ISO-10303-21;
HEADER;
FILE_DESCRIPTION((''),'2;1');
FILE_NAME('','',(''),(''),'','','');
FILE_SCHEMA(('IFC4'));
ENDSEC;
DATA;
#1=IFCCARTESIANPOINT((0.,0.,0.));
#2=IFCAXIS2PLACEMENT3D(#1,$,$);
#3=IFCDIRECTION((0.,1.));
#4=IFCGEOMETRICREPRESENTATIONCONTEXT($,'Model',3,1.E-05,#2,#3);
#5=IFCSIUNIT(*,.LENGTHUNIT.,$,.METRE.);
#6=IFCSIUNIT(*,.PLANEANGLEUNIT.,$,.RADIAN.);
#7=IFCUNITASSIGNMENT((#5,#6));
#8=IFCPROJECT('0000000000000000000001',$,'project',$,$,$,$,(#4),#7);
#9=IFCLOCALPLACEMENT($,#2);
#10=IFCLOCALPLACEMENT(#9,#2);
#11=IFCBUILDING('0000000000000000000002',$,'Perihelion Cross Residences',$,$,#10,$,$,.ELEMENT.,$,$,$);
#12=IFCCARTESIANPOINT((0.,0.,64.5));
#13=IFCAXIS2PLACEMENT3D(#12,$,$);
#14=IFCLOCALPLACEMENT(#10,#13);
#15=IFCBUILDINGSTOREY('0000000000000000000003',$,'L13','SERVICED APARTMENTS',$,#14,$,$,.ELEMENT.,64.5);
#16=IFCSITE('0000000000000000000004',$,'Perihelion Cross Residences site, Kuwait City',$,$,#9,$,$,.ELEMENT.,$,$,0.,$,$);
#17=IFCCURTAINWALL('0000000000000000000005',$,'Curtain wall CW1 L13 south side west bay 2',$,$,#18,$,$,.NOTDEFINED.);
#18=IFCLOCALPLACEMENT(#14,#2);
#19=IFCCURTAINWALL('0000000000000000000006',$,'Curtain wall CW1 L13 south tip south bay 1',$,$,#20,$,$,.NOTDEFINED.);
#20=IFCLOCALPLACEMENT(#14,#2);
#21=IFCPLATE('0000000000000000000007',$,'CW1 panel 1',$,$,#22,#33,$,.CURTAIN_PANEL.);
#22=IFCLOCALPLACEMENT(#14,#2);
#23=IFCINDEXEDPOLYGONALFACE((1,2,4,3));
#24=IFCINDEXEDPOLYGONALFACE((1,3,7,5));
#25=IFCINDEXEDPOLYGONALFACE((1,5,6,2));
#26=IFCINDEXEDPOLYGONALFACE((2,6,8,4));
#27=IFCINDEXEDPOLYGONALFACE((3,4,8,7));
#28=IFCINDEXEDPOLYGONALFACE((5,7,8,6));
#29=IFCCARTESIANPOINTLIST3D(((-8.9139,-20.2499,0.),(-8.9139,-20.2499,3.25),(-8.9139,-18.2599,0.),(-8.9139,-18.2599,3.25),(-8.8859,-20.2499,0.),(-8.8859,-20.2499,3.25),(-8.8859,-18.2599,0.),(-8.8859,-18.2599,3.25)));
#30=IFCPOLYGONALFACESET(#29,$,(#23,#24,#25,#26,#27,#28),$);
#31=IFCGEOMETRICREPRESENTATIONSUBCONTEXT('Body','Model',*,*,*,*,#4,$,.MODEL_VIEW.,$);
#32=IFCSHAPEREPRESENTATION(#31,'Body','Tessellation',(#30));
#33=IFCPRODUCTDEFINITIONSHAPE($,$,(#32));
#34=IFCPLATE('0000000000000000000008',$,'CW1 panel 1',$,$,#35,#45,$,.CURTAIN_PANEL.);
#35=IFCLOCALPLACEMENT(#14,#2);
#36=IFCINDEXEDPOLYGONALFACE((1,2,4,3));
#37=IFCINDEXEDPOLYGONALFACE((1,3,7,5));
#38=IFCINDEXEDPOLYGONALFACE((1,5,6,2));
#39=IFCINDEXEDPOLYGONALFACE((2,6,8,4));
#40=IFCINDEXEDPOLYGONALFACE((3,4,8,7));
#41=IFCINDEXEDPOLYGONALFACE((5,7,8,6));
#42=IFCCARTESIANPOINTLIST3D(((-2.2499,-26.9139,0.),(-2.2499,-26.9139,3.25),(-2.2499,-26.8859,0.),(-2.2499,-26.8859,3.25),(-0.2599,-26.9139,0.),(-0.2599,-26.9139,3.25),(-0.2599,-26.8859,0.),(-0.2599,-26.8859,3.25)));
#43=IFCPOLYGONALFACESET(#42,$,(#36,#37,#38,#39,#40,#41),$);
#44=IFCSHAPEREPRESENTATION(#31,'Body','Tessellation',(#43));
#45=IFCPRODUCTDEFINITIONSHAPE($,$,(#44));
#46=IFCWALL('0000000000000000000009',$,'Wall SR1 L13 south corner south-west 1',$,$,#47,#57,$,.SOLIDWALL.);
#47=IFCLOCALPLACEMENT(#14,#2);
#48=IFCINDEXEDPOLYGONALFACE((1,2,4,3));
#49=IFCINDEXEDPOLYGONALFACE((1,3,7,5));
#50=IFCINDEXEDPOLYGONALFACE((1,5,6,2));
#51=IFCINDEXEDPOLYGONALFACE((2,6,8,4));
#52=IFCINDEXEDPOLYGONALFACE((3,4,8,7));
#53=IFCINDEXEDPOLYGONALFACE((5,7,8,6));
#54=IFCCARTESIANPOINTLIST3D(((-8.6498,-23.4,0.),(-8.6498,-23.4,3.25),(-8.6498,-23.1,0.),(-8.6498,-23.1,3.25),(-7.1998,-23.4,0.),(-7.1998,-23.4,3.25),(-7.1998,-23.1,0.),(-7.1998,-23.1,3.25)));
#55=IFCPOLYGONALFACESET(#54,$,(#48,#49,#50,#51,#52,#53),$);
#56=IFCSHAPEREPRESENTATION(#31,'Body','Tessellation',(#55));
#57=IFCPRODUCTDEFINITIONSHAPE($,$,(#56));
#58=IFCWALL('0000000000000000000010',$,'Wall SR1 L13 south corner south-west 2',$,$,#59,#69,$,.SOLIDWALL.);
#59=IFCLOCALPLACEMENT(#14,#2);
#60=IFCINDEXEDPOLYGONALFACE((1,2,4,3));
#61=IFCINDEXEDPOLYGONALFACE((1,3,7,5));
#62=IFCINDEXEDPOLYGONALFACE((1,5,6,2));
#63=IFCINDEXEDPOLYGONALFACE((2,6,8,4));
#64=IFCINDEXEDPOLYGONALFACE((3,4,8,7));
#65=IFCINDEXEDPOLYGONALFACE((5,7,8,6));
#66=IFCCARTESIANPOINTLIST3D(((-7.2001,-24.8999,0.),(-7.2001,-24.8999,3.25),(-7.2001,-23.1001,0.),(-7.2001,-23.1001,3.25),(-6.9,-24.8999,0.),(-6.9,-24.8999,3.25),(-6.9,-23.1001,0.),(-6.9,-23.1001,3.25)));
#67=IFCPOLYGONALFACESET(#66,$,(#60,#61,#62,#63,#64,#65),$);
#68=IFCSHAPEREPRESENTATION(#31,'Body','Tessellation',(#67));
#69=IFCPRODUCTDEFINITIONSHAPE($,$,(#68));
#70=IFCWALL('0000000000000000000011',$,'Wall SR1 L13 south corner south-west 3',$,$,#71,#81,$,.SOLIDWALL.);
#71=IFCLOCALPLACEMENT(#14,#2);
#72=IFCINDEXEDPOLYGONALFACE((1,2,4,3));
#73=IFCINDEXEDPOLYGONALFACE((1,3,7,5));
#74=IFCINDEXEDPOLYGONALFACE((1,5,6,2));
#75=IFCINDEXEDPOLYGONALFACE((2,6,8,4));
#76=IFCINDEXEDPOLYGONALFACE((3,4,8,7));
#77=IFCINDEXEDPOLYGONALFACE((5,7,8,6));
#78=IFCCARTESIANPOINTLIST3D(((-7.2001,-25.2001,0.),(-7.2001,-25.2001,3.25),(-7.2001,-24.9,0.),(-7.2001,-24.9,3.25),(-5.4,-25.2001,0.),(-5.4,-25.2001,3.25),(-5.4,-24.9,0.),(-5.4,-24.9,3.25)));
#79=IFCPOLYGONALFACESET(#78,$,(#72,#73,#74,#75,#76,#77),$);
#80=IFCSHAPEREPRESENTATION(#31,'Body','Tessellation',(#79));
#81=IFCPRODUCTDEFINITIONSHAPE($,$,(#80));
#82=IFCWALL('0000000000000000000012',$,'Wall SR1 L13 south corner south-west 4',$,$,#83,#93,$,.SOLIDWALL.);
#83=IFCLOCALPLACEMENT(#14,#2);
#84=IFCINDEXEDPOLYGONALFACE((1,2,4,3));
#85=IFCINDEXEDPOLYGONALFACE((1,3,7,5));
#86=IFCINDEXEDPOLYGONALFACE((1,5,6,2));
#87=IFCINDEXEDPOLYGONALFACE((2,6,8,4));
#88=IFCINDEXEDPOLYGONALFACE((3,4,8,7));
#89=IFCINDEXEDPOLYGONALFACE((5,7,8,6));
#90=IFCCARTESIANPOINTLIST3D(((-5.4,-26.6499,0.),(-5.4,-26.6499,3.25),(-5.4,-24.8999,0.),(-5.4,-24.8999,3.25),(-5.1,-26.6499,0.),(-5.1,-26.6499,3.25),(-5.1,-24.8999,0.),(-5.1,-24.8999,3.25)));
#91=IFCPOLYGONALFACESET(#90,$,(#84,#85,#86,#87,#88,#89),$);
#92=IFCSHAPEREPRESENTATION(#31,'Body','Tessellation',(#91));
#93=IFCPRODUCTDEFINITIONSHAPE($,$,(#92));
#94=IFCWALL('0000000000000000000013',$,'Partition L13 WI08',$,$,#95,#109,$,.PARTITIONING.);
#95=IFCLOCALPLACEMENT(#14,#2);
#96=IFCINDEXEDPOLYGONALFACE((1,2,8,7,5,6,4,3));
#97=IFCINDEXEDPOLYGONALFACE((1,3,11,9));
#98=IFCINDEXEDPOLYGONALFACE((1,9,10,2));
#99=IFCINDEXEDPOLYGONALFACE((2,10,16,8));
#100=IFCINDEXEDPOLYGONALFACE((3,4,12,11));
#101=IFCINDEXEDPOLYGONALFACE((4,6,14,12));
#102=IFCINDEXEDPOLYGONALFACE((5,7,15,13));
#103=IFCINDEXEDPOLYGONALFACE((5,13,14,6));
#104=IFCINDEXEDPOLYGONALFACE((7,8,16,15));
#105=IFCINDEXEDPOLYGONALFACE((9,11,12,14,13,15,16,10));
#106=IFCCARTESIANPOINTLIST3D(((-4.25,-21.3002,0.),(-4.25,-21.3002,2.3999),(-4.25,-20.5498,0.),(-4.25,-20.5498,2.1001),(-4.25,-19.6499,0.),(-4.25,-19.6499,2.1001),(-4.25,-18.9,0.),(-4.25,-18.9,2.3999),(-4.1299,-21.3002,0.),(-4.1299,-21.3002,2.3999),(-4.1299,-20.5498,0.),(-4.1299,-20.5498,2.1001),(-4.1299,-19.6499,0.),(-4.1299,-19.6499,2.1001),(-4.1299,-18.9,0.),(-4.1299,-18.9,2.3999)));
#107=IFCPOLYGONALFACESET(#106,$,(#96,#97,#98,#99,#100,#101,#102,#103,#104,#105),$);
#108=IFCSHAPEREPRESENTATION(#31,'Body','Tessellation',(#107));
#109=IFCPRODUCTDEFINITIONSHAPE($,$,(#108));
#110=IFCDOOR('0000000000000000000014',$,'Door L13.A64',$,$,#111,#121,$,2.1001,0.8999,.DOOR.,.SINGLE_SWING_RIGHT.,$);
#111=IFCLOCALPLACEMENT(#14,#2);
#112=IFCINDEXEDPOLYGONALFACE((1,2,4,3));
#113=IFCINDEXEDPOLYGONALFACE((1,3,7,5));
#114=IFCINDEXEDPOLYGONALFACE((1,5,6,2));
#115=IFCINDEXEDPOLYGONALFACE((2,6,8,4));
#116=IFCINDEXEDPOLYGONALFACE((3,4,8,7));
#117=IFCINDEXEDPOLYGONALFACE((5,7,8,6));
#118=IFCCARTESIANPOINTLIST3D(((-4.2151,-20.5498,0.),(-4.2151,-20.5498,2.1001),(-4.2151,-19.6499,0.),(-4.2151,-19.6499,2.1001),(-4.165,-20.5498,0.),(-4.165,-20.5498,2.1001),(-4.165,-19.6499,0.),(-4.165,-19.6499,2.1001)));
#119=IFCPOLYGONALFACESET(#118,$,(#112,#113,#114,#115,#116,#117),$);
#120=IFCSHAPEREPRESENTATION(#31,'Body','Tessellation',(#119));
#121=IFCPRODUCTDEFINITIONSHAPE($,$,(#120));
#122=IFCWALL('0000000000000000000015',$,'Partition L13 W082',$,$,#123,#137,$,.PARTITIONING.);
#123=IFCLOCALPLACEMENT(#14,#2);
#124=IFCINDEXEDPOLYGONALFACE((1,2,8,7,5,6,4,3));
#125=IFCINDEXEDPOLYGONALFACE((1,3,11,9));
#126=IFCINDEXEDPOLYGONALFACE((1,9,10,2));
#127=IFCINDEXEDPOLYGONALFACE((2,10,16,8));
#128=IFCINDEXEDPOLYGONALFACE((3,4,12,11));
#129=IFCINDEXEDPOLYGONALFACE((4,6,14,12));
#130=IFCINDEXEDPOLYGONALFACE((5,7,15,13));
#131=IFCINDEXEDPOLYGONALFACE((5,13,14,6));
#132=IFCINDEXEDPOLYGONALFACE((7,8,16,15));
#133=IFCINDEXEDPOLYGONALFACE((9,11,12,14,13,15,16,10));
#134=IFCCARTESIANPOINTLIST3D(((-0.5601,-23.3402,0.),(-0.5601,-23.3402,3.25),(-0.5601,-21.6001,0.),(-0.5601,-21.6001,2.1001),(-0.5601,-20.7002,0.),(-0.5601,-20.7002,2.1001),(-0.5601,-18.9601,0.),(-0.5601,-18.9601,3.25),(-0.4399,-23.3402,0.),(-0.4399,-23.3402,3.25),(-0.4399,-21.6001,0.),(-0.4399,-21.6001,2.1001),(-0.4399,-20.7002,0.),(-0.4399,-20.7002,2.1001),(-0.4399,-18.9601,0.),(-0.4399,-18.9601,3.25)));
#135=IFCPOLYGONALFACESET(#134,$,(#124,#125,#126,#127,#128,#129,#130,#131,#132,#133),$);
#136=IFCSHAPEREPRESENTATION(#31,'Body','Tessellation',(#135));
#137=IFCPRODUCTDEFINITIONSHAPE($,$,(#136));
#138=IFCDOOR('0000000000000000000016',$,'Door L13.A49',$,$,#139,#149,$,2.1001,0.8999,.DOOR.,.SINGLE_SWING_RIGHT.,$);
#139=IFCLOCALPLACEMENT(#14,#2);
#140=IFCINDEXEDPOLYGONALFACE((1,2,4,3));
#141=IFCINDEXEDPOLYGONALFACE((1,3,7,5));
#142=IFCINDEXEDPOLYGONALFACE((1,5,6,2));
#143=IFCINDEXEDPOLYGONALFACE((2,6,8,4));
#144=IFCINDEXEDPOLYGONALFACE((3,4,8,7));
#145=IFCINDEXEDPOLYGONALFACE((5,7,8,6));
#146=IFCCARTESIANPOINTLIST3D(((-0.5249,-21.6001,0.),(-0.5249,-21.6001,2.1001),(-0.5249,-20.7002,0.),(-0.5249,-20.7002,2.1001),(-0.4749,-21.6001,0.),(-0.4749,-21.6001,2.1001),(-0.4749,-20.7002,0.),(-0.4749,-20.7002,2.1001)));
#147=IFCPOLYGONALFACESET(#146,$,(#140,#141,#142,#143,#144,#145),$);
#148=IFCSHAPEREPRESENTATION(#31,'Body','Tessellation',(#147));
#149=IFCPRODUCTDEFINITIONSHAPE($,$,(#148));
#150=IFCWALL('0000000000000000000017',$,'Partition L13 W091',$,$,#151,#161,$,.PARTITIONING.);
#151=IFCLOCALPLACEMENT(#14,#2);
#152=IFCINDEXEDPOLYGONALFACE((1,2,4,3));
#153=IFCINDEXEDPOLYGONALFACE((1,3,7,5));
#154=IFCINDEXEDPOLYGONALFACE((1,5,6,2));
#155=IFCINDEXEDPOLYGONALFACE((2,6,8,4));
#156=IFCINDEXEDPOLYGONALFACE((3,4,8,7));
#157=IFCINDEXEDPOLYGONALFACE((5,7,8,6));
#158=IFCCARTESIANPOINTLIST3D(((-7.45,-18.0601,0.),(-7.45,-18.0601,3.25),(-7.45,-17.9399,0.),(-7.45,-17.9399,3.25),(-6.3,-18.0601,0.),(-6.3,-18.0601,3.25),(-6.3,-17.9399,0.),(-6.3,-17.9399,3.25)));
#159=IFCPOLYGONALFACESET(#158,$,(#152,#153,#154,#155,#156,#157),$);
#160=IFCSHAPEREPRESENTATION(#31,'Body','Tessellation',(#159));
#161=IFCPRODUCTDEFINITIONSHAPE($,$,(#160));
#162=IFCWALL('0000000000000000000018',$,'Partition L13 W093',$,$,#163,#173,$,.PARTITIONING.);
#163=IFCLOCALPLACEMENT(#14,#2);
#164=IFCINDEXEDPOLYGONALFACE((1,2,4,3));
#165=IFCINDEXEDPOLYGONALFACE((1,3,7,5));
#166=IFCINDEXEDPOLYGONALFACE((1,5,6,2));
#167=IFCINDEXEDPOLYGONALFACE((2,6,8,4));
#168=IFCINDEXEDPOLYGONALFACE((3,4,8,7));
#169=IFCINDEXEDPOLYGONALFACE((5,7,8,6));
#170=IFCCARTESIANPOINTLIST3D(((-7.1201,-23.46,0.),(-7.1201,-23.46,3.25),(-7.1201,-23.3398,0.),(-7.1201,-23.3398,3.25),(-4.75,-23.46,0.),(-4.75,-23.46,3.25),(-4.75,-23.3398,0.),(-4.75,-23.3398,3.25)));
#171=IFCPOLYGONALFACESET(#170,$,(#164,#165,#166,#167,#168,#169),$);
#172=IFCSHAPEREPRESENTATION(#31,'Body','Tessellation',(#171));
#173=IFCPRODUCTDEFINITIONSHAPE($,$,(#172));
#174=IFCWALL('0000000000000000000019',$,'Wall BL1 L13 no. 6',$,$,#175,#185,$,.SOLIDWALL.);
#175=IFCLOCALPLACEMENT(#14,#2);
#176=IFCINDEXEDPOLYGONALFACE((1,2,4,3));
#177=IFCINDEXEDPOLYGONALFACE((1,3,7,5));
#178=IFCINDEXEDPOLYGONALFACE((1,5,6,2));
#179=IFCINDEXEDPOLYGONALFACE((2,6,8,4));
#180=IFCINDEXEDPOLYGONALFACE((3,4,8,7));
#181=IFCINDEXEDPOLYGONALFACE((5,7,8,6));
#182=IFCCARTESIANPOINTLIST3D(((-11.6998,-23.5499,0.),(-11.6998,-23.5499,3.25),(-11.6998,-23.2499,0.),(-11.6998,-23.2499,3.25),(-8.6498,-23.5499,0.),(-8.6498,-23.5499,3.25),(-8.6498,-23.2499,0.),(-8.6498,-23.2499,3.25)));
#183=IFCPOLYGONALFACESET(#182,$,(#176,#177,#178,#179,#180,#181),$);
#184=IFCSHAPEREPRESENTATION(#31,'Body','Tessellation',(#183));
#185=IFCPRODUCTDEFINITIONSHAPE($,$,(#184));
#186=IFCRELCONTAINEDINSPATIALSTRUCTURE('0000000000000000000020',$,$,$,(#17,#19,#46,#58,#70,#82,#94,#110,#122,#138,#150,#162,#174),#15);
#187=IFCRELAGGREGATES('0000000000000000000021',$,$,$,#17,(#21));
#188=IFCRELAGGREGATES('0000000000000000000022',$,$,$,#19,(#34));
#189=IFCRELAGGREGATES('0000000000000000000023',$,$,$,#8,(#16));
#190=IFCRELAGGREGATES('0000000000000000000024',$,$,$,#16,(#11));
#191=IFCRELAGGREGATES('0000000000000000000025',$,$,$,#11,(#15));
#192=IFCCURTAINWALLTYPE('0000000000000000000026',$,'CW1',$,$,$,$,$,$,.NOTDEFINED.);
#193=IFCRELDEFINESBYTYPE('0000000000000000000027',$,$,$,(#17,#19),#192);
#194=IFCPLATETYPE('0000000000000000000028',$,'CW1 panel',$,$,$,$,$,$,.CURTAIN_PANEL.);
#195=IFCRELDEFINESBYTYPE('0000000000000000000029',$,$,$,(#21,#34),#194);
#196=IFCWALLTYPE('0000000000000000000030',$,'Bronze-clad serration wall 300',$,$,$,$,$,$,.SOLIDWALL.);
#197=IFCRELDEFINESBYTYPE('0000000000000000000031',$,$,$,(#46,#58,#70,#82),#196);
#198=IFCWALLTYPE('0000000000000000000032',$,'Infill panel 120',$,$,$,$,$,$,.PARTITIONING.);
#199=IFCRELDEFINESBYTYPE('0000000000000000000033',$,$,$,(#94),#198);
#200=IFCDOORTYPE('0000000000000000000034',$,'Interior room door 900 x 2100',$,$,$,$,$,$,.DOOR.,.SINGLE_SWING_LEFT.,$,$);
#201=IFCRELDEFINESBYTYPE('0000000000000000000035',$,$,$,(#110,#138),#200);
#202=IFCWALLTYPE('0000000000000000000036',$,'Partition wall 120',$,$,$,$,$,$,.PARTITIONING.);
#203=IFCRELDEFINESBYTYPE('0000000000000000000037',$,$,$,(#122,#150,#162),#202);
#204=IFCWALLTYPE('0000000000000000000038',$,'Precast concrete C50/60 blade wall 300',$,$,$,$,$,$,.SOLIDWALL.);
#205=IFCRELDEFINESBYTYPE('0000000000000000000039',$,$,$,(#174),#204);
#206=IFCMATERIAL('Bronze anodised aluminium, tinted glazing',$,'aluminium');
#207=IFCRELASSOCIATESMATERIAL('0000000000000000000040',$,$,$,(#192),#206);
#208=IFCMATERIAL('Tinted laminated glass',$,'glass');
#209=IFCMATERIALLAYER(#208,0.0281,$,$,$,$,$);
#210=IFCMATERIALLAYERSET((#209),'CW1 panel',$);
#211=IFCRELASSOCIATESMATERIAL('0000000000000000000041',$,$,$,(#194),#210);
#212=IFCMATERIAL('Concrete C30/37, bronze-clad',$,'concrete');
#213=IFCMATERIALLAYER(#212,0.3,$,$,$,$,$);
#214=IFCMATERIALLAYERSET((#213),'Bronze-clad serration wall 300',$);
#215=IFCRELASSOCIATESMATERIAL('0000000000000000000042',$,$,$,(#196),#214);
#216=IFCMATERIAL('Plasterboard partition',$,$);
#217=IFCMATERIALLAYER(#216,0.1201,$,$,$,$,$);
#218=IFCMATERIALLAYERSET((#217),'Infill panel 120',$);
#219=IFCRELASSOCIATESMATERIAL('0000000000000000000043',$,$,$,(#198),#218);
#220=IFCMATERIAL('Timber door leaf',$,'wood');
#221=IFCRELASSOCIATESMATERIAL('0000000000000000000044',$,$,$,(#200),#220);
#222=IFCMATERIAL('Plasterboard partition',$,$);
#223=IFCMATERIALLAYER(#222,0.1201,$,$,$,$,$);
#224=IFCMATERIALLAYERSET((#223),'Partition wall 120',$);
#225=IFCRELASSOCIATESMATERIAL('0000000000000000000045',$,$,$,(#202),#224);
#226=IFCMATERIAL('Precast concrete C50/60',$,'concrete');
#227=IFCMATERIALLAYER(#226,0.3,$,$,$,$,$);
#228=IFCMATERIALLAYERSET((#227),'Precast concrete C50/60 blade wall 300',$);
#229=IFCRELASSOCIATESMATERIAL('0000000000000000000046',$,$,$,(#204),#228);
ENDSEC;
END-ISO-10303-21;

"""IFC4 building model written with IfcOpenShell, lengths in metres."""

from ifc_helpers import new_model, si_unit, direction, frame, frame_2d, origin, origin_2d, place, context, subcontext, project, spatial, rectangle, extrude, material, layer, layer_set, type_object, element, fill, aggregate, save


model = new_model("IFC4")

# Units and contexts
model_context = context("Model", 3, precision=1e-05, world=origin(), true_north=direction((0.0, 1.0)))
body_context = subcontext(model_context, "Body", "Model", "MODEL_VIEW")
ifc_project = project(units=[si_unit("LENGTHUNIT", "METRE"), si_unit("PLANEANGLEUNIT", "RADIAN")], contexts=[model_context])

# Site, building, storey
site_placement = place(None, origin())
site = spatial("IfcSite", under=ifc_project, at=site_placement, Name="Perihelion Cross Residences site, Kuwait City", CompositionType="ELEMENT", RefElevation=0.0)
building_placement = place(site_placement, origin())
building = spatial("IfcBuilding", under=site, at=building_placement, Name="Perihelion Cross Residences", CompositionType="ELEMENT")
storey_placement = place(building_placement, frame((0.0, 0.0, 64.5)))
storey = spatial("IfcBuildingStorey", under=building, at=storey_placement, Name="L13", Description="SERVICED APARTMENTS", CompositionType="ELEMENT", Elevation=64.5)

# Curtain walls
ifc_material_1 = material(Name="Bronze anodised aluminium, tinted glazing", Category="aluminium")
curtain_wall_type = type_object("IfcCurtainWallType", Name="CW1", PredefinedType="NOTDEFINED", material=ifc_material_1)
curtain_wall_1_placement = place(storey_placement, origin())
curtain_wall_1 = element("IfcCurtainWall", 1, at=curtain_wall_1_placement, inside=storey, type_object=curtain_wall_type, Name="Curtain wall CW1 L13 south side west bay 2", PredefinedType="NOTDEFINED")
curtain_wall_2_placement = place(storey_placement, origin())
curtain_wall_2 = element("IfcCurtainWall", 2, at=curtain_wall_2_placement, inside=storey, type_object=curtain_wall_type, Name="Curtain wall CW1 L13 south tip south bay 1", PredefinedType="NOTDEFINED")

# Plates
ifc_material_2 = material(Name="Tinted laminated glass", Category="glass")
ifc_layer_1 = layer(ifc_material_2, 0.0281)
ifc_layer_set_1 = layer_set([ifc_layer_1], Name="CW1 panel")
plate_type = type_object("IfcPlateType", Name="CW1 panel", PredefinedType="CURTAIN_PANEL", material=ifc_layer_set_1)
plate_1_placement = place(storey_placement, frame((-8.8999, -19.2549, 0.0), z_axis=(0.0, 0.0, 1.0), x_axis=(0.0, -1.0, 0.0)))
plate_1 = element("IfcPlate", 3, at=plate_1_placement, type_object=plate_type, Name="CW1 panel 1", PredefinedType="CURTAIN_PANEL", context=body_context, shape_type="SweptSolid", body=[
    extrude(rectangle(XDim=1.99, YDim=0.0281, at=origin_2d()), origin(), (0.0, 0.0, 1.0), 3.25),
])
aggregate(curtain_wall_1, [plate_1])
plate_2_placement = place(storey_placement, frame((-1.2549, -26.8999, 0.0), z_axis=(0.0, 0.0, 1.0), x_axis=(1.0, 0.0, 0.0)))
plate_2 = element("IfcPlate", 4, at=plate_2_placement, type_object=plate_type, Name="CW1 panel 1", PredefinedType="CURTAIN_PANEL", context=body_context, shape_type="SweptSolid", body=[
    extrude(rectangle(XDim=1.99, YDim=0.0281, at=origin_2d()), origin(), (0.0, 0.0, 1.0), 3.25),
])
aggregate(curtain_wall_2, [plate_2])

# Walls
ifc_material_3 = material(Name="Concrete C30/37, bronze-clad", Category="concrete")
ifc_layer_2 = layer(ifc_material_3, 0.3)
ifc_layer_set_2 = layer_set([ifc_layer_2], Name="Bronze-clad serration wall 300")
wall_type_1 = type_object("IfcWallType", Name="Bronze-clad serration wall 300", PredefinedType="SOLIDWALL", material=ifc_layer_set_2)
wall_1_placement = place(storey_placement, frame((-8.6499, -23.25, 0.0), z_axis=(0.0, 0.0, 1.0), x_axis=(1.0, 0.0, 0.0)))
element("IfcWall", 5, at=wall_1_placement, inside=storey, type_object=wall_type_1, Name="Wall SR1 L13 south corner south-west 1", PredefinedType="SOLIDWALL", context=body_context, shape_type="SweptSolid", body=[
    extrude(rectangle(XDim=1.45, YDim=0.3, at=frame_2d((0.7251, 0.0))), origin(), (0.0, 0.0, 1.0), 3.25),
])
wall_2_placement = place(storey_placement, frame((-7.05, -23.1001, 0.0), z_axis=(0.0, 0.0, 1.0), x_axis=(0.0, -1.0, 0.0)))
element("IfcWall", 6, at=wall_2_placement, inside=storey, type_object=wall_type_1, Name="Wall SR1 L13 south corner south-west 2", PredefinedType="SOLIDWALL", context=body_context, shape_type="SweptSolid", body=[
    extrude(rectangle(XDim=1.7998, YDim=0.3, at=frame_2d((0.8999, 0.0))), origin(), (0.0, 0.0, 1.0), 3.25),
])
wall_3_placement = place(storey_placement, frame((-7.2, -25.05, 0.0), z_axis=(0.0, 0.0, 1.0), x_axis=(1.0, 0.0, 0.0)))
element("IfcWall", 7, at=wall_3_placement, inside=storey, type_object=wall_type_1, Name="Wall SR1 L13 south corner south-west 3", PredefinedType="SOLIDWALL", context=body_context, shape_type="SweptSolid", body=[
    extrude(rectangle(XDim=1.8, YDim=0.3, at=frame_2d((0.8999, 0.0))), origin(), (0.0, 0.0, 1.0), 3.25),
])
wall_4_placement = place(storey_placement, frame((-5.25, -24.8999, 0.0), z_axis=(0.0, 0.0, 1.0), x_axis=(0.0, -1.0, 0.0)))
element("IfcWall", 8, at=wall_4_placement, inside=storey, type_object=wall_type_1, Name="Wall SR1 L13 south corner south-west 4", PredefinedType="SOLIDWALL", context=body_context, shape_type="SweptSolid", body=[
    extrude(rectangle(XDim=1.75, YDim=0.3, at=frame_2d((0.875, 0.0))), origin(), (0.0, 0.0, 1.0), 3.25),
])

# Walls, openings, doors
ifc_material_4 = material(Name="Plasterboard partition")
ifc_layer_3 = layer(ifc_material_4, 0.1201)
ifc_layer_set_3 = layer_set([ifc_layer_3], Name="Infill panel 120")
wall_type_2 = type_object("IfcWallType", Name="Infill panel 120", PredefinedType="PARTITIONING", material=ifc_layer_set_3)
wall_5_placement = place(storey_placement, frame((-4.1899, -18.8999, 0.0), z_axis=(0.0, 0.0, 1.0), x_axis=(0.0, -1.0, 0.0)))
wall_5 = element("IfcWall", 9, at=wall_5_placement, inside=storey, type_object=wall_type_2, Name="Partition L13 WI08", PredefinedType="PARTITIONING", context=body_context, shape_type="SweptSolid", body=[
    extrude(rectangle(XDim=2.4001, YDim=0.1201, at=frame_2d((1.2002, 0.0))), origin(), (0.0, 0.0, 1.0), 2.3999),
])
opening_1_placement = place(wall_5_placement, frame((0.75, 0.0, 0.0)))
opening_1 = element("IfcOpeningElement", 10, at=opening_1_placement, cuts=wall_5, PredefinedType="OPENING", context=body_context, shape_type="SweptSolid", body=[
    extrude(rectangle(XDim=0.8999, YDim=2.1001, at=frame_2d((0.45, 1.05))), frame((0.0, 0.0701, 0.0), z_axis=(0.0, -1.0, 0.0), x_axis=(1.0, 0.0, 0.0)), (0.0, 0.0, 1.0), 0.1401),
])
ifc_material_5 = material(Name="Timber door leaf", Category="wood")
door_type_1 = type_object("IfcDoorType", Name="Interior room door 900 x 2100", OperationType="SINGLE_SWING_LEFT", PredefinedType="DOOR", material=ifc_material_5)
door_1_placement = place(opening_1_placement, origin())
door_1 = element("IfcDoor", 11, at=door_1_placement, inside=storey, type_object=door_type_1, Name="Door L13.A64", OperationType="SINGLE_SWING_RIGHT", OverallHeight=2.1001, OverallWidth=0.8999, PredefinedType="DOOR", context=body_context, shape_type="SweptSolid", body=[
    extrude(rectangle(XDim=0.8999, YDim=2.1001, at=frame_2d((0.45, 1.05))), frame((0.0, 0.0249, 0.0), z_axis=(0.0, -1.0, 0.0), x_axis=(1.0, 0.0, 0.0)), (0.0, 0.0, 1.0), 0.05),
])
fill(opening_1, door_1)
ifc_material_6 = material(Name="Plasterboard partition")
ifc_layer_4 = layer(ifc_material_6, 0.1201)
ifc_layer_set_4 = layer_set([ifc_layer_4], Name="Partition wall 120")
wall_type_3 = type_object("IfcWallType", Name="Partition wall 120", PredefinedType="PARTITIONING", material=ifc_layer_set_4)
wall_6_placement = place(storey_placement, frame((-0.5, -23.3401, 0.0), z_axis=(0.0, 0.0, 1.0), x_axis=(0.0, 1.0, 0.0)))
wall_6 = element("IfcWall", 12, at=wall_6_placement, inside=storey, type_object=wall_type_3, Name="Partition L13 W082", PredefinedType="PARTITIONING", context=body_context, shape_type="SweptSolid", body=[
    extrude(rectangle(XDim=4.3801, YDim=0.1201, at=frame_2d((2.1899, 0.0))), origin(), (0.0, 0.0, 1.0), 3.25),
])
opening_2_placement = place(wall_6_placement, frame((1.74, 0.0, 0.0)))
opening_2 = element("IfcOpeningElement", 13, at=opening_2_placement, cuts=wall_6, PredefinedType="OPENING", context=body_context, shape_type="SweptSolid", body=[
    extrude(rectangle(XDim=0.8999, YDim=2.1001, at=frame_2d((0.45, 1.05))), frame((0.0, 0.0701, 0.0), z_axis=(0.0, -1.0, 0.0), x_axis=(1.0, 0.0, 0.0)), (0.0, 0.0, 1.0), 0.1401),
])
door_2_placement = place(opening_2_placement, origin())
door_2 = element("IfcDoor", 14, at=door_2_placement, inside=storey, type_object=door_type_1, Name="Door L13.A49", OperationType="SINGLE_SWING_RIGHT", OverallHeight=2.1001, OverallWidth=0.8999, PredefinedType="DOOR", context=body_context, shape_type="SweptSolid", body=[
    extrude(rectangle(XDim=0.8999, YDim=2.1001, at=frame_2d((0.45, 1.05))), frame((0.0, 0.0249, 0.0), z_axis=(0.0, -1.0, 0.0), x_axis=(1.0, 0.0, 0.0)), (0.0, 0.0, 1.0), 0.05),
])
fill(opening_2, door_2)

# Walls
wall_7_placement = place(storey_placement, frame((-6.3, -18.0, 0.0), z_axis=(0.0, 0.0, 1.0), x_axis=(-1.0, 0.0, 0.0)))
element("IfcWall", 15, at=wall_7_placement, inside=storey, type_object=wall_type_3, Name="Partition L13 W091", PredefinedType="PARTITIONING", context=body_context, shape_type="SweptSolid", body=[
    extrude(rectangle(XDim=1.1499, YDim=0.1201, at=frame_2d((0.575, 0.0))), origin(), (0.0, 0.0, 1.0), 3.25),
])
wall_8_placement = place(storey_placement, frame((-4.75, -23.3999, 0.0), z_axis=(0.0, 0.0, 1.0), x_axis=(-1.0, 0.0, 0.0)))
element("IfcWall", 16, at=wall_8_placement, inside=storey, type_object=wall_type_3, Name="Partition L13 W093", PredefinedType="PARTITIONING", context=body_context, shape_type="SweptSolid", body=[
    extrude(rectangle(XDim=2.3701, YDim=0.1201, at=frame_2d((1.1851, 0.0))), origin(), (0.0, 0.0, 1.0), 3.25),
])
ifc_material_7 = material(Name="Precast concrete C50/60", Category="concrete")
ifc_layer_5 = layer(ifc_material_7, 0.3)
ifc_layer_set_5 = layer_set([ifc_layer_5], Name="Precast concrete C50/60 blade wall 300")
wall_type_4 = type_object("IfcWallType", Name="Precast concrete C50/60 blade wall 300", PredefinedType="SOLIDWALL", material=ifc_layer_set_5)
for number, where, z_axis, x_axis, name in (
    (17, (-8.6499, -23.3999, 0.0), (0.0, 0.0, 1.0), (-1.0, 0.0, 0.0), "Wall BL1 L13 no. 6"),
):
    element("IfcWall", number, at=place(storey_placement, frame(where, z_axis=z_axis, x_axis=x_axis)), inside=storey, type_object=wall_type_4, Name=name, PredefinedType="SOLIDWALL", context=body_context, shape_type="SweptSolid", body=[
        extrude(rectangle(XDim=3.05, YDim=0.3, at=frame_2d((1.5249, 0.0))), origin(), (0.0, 0.0, 1.0), 3.25),
    ])

save(model, "model.ifc")
